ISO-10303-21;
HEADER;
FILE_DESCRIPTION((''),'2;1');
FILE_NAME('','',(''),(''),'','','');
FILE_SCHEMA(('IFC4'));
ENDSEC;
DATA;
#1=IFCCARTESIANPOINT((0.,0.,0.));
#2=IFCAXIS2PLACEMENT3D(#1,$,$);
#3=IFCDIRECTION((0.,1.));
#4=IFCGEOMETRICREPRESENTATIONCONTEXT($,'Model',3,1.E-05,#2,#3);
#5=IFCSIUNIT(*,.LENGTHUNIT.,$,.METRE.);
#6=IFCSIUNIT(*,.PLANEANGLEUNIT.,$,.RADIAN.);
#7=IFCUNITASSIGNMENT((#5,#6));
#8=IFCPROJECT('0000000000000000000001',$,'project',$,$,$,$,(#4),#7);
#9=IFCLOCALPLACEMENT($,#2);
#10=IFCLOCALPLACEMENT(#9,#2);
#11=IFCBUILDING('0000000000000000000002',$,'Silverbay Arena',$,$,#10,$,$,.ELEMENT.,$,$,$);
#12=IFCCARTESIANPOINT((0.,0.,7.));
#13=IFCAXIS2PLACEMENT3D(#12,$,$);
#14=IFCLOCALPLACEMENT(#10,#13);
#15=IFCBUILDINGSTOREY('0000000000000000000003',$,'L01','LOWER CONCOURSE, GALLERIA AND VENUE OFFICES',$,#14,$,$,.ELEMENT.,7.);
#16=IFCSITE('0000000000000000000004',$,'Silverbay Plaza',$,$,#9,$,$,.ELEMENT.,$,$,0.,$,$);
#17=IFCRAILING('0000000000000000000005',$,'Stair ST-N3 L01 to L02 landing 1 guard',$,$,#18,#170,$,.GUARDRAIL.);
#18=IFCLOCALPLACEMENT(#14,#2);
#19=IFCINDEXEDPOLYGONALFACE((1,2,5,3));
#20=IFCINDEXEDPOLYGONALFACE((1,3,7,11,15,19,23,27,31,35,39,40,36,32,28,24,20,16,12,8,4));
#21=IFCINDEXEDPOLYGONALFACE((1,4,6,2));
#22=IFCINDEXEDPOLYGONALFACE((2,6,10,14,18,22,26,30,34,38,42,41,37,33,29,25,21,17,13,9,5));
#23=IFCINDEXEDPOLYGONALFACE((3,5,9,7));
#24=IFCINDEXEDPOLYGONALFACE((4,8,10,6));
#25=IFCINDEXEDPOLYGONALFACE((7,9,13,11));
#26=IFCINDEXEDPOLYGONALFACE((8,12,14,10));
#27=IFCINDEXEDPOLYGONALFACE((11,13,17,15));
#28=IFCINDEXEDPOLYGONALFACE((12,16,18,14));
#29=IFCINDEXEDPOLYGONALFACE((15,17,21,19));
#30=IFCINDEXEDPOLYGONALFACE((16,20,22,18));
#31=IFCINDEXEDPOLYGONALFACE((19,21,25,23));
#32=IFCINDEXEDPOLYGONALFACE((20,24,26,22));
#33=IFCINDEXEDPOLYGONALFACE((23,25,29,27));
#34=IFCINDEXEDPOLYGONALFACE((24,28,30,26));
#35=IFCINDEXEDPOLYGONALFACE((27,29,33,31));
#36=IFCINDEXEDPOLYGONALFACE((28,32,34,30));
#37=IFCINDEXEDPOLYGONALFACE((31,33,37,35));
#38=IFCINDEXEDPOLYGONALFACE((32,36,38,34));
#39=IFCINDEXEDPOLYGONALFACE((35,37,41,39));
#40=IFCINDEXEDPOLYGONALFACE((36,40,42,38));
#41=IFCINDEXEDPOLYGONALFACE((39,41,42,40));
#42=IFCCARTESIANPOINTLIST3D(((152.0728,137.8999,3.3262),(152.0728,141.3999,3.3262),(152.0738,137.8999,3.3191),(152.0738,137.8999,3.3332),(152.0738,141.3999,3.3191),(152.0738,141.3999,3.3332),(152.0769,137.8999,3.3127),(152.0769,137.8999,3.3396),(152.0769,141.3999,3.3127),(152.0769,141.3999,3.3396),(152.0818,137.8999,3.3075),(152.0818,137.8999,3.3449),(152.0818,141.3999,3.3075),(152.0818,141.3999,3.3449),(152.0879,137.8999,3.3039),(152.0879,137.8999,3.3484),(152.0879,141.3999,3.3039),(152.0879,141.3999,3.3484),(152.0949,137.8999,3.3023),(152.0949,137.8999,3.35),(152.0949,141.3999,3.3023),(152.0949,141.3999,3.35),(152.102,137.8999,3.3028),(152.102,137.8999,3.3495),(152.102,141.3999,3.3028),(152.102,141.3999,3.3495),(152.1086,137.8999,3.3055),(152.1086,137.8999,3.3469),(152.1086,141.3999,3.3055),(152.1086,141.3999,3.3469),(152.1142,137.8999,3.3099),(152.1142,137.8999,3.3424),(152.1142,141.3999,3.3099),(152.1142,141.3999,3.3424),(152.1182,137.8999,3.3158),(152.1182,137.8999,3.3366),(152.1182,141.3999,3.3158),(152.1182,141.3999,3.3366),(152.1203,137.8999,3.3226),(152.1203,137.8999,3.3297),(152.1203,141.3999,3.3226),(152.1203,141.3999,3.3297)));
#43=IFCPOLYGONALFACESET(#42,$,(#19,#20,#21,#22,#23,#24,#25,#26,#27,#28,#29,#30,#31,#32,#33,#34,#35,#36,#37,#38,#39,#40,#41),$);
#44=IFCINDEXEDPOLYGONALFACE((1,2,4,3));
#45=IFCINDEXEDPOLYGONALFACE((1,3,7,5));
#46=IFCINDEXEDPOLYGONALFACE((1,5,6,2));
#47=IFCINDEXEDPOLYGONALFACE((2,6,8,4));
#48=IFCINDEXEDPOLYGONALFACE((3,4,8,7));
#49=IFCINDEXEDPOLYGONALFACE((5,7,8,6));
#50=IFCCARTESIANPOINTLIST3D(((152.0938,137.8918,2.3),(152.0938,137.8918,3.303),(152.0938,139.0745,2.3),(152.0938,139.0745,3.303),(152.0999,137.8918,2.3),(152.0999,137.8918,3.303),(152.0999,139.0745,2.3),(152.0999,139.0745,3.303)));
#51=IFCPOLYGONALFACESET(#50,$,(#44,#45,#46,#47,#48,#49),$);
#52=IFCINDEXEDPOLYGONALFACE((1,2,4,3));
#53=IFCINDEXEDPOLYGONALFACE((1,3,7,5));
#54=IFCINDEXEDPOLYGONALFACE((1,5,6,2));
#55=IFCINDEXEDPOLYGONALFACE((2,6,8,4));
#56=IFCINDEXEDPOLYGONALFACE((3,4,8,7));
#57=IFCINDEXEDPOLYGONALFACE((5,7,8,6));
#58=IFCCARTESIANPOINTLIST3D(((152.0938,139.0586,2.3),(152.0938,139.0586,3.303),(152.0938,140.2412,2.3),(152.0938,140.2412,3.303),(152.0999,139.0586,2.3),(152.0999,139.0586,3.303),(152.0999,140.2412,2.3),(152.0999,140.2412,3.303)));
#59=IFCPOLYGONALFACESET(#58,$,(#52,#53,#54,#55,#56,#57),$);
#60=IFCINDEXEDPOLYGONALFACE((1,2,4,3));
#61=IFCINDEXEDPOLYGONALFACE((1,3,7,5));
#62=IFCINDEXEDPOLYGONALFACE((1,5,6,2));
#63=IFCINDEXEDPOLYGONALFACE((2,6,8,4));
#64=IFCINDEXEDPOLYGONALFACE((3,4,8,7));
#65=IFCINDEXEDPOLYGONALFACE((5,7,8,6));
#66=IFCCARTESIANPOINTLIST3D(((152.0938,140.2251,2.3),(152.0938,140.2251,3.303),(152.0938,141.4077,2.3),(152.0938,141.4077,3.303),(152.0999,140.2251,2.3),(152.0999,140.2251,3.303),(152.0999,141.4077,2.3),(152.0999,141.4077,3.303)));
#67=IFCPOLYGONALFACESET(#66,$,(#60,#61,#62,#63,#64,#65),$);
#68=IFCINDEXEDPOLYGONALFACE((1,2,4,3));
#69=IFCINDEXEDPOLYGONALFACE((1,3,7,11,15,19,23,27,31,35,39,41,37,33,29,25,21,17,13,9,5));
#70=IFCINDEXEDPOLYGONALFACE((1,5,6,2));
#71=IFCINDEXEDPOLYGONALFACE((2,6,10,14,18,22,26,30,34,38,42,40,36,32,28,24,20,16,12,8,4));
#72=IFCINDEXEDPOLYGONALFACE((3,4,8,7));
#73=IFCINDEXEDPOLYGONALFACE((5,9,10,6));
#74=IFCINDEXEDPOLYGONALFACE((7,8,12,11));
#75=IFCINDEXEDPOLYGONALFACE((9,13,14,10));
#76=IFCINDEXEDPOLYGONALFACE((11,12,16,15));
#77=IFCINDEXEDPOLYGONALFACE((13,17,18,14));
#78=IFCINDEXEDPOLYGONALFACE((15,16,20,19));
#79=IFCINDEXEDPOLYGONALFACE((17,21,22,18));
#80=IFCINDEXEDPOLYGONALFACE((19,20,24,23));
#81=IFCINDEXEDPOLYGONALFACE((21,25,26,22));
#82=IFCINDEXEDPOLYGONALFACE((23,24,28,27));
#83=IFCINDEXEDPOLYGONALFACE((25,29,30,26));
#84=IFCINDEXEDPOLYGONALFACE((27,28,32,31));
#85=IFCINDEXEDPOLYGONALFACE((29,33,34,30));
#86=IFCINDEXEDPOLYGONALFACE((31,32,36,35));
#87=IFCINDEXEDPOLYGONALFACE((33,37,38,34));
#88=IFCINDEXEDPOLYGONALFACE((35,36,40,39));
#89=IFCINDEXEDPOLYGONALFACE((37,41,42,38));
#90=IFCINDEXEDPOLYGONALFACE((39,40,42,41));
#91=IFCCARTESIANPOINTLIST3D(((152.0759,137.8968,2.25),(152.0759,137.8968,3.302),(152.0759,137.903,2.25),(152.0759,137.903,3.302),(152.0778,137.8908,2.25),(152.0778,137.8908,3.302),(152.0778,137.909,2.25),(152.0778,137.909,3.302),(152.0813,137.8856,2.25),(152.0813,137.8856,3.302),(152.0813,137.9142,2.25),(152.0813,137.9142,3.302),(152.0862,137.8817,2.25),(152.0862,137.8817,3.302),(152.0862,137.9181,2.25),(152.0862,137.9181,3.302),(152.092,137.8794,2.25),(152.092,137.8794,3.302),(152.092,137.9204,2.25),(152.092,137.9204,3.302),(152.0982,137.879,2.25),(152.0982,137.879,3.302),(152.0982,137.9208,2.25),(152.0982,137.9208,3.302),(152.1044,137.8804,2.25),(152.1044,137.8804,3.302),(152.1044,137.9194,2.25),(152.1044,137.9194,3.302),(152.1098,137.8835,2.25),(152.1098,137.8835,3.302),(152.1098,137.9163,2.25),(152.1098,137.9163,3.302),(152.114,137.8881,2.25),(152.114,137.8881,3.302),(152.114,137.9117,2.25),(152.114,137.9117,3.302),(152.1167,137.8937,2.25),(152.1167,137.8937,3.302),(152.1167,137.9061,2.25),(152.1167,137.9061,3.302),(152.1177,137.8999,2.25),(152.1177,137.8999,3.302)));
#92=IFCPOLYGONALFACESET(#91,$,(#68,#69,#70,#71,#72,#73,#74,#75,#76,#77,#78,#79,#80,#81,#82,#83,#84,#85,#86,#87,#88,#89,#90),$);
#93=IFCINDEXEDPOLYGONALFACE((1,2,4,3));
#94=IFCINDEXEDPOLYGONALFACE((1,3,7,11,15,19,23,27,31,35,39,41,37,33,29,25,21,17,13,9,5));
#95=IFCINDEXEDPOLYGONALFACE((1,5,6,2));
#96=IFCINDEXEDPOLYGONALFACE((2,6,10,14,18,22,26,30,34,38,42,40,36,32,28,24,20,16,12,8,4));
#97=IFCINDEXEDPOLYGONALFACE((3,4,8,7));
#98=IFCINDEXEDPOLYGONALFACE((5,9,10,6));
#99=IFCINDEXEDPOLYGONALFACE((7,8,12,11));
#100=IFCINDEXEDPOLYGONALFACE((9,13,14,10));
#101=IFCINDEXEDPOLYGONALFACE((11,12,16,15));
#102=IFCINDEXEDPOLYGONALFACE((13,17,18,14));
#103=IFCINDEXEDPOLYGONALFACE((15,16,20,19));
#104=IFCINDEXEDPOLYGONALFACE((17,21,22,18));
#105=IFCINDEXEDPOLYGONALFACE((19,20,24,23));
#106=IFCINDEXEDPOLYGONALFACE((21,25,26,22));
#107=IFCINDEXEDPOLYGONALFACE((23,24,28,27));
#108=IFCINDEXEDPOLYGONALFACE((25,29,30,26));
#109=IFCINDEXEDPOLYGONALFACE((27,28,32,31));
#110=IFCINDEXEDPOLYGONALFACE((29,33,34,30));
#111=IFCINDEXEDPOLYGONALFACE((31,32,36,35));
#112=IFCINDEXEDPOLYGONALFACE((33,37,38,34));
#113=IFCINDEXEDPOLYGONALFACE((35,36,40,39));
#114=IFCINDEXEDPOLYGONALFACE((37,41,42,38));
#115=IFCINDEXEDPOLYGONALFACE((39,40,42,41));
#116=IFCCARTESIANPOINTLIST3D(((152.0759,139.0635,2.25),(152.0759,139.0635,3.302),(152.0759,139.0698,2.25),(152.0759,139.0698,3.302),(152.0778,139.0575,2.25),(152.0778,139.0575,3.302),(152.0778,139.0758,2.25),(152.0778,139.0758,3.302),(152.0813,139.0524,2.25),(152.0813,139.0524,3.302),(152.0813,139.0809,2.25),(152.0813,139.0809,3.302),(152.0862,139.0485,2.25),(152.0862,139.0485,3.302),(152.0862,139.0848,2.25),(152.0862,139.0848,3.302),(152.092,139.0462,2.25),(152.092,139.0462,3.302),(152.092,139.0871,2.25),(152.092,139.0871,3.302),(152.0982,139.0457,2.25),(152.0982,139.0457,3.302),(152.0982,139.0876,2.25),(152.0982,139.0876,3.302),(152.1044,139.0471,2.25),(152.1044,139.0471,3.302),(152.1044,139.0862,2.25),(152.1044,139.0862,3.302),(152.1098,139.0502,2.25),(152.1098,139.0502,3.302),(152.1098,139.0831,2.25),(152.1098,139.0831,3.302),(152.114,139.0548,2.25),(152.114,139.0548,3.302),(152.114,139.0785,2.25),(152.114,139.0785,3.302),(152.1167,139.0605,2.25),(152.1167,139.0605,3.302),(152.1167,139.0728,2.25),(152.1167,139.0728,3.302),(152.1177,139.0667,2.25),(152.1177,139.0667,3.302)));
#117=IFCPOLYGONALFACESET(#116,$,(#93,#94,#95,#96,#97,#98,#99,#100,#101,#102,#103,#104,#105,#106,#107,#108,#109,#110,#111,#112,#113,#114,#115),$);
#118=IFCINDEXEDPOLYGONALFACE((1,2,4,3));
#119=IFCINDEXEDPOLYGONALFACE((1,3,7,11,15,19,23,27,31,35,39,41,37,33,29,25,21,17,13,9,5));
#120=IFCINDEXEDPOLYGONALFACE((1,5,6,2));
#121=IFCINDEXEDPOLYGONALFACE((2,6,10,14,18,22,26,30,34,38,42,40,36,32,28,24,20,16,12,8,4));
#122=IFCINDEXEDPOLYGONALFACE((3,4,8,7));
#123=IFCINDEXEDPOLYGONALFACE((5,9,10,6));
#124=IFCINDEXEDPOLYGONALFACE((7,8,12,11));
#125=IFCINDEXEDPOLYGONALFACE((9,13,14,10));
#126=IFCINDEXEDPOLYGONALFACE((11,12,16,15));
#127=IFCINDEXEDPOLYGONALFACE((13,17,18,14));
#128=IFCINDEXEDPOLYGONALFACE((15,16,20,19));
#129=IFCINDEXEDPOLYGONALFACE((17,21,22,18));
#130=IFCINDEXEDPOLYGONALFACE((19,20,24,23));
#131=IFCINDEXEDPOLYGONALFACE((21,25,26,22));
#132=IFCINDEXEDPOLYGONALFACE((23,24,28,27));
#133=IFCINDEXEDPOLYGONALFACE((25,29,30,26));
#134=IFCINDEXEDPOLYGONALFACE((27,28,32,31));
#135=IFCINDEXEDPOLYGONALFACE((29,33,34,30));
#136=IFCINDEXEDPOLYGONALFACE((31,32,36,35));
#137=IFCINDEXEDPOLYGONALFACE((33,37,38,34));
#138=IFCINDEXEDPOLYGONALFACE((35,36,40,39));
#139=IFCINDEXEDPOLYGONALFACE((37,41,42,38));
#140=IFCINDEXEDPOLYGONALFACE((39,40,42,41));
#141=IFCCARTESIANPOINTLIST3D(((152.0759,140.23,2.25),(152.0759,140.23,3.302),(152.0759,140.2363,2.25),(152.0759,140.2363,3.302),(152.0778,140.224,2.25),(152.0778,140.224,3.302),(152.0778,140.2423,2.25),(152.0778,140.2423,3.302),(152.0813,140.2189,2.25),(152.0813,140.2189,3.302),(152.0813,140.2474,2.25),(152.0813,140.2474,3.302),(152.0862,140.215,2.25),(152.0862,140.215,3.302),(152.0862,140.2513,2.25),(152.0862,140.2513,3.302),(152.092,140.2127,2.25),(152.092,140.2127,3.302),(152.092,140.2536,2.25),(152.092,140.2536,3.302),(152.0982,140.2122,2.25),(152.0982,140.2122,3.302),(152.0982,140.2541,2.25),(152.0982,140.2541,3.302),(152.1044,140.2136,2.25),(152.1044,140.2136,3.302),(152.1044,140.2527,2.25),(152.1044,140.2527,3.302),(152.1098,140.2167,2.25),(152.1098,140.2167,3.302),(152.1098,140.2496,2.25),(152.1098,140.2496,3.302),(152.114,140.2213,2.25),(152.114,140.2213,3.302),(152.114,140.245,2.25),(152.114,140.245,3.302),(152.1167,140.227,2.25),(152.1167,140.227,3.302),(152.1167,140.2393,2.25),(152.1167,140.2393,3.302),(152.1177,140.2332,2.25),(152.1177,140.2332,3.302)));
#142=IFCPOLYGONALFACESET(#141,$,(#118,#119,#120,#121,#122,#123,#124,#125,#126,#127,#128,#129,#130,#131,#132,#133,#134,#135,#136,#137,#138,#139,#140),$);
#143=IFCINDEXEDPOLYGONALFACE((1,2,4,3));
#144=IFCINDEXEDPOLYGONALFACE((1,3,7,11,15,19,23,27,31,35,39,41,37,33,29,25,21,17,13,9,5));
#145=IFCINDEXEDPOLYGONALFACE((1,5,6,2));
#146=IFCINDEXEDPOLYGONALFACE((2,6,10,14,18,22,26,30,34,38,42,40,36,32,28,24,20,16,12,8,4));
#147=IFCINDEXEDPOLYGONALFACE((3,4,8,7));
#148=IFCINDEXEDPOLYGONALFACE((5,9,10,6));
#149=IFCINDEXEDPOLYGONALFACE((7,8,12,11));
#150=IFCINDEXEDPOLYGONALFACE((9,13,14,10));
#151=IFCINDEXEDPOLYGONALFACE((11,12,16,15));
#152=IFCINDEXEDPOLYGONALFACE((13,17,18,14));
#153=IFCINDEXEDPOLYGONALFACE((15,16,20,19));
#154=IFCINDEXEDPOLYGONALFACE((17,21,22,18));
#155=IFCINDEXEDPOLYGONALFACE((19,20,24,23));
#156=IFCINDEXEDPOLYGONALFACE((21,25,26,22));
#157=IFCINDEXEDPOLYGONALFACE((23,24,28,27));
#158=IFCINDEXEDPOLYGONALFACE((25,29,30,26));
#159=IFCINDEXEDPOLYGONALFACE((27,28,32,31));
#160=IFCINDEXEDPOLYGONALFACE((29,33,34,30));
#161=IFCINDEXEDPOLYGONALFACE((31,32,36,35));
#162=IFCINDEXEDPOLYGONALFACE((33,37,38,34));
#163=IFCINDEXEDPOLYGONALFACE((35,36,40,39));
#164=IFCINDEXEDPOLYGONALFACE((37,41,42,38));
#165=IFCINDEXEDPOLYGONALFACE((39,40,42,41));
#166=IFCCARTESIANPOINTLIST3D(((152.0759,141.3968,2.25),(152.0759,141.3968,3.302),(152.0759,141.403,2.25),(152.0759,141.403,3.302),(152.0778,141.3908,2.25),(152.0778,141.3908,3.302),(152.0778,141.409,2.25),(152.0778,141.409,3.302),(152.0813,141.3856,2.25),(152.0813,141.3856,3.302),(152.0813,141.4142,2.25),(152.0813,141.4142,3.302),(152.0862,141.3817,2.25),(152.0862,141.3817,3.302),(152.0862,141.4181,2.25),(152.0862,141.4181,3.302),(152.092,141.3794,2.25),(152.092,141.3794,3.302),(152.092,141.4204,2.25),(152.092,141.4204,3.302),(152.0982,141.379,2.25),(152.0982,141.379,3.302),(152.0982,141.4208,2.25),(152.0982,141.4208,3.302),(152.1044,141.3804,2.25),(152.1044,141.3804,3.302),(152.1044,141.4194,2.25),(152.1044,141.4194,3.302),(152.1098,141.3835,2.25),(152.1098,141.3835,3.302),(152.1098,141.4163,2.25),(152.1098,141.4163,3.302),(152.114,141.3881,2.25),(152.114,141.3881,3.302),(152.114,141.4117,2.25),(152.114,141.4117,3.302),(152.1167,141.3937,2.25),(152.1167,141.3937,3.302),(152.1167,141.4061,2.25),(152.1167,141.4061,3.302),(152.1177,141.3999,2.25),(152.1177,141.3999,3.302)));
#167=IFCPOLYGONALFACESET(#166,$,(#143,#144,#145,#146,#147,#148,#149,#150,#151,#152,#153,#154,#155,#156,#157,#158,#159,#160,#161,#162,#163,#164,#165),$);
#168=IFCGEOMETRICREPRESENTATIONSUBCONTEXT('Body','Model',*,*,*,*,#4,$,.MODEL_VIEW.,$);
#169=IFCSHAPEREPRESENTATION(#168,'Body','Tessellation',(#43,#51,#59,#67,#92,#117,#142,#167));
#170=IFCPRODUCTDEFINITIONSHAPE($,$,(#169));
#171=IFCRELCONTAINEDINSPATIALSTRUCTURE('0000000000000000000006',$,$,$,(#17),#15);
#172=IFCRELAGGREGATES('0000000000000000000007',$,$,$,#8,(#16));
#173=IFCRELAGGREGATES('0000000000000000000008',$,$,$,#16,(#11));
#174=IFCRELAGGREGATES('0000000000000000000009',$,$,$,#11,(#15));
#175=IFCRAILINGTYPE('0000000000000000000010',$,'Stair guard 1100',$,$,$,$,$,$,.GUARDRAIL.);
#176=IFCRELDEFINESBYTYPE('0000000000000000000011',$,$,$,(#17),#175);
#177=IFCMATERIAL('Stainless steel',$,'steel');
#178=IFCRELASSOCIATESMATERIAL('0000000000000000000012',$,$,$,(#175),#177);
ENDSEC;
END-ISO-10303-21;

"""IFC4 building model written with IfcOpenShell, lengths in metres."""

from ifc_helpers import new_model, si_unit, direction, frame, origin, origin_2d, place, context, subcontext, project, spatial, polyline, circle, outline, extrude, material, type_object, element, save


model = new_model("IFC4")

# Units and contexts
model_context = context("Model", 3, precision=1e-05, world=origin(), true_north=direction((0.0, 1.0)))
body_context = subcontext(model_context, "Body", "Model", "MODEL_VIEW")
ifc_project = project(units=[si_unit("LENGTHUNIT", "METRE"), si_unit("PLANEANGLEUNIT", "RADIAN")], contexts=[model_context])

# Site, building, storey
site_placement = place(None, origin())
site = spatial("IfcSite", under=ifc_project, at=site_placement, Name="Silverbay Plaza", CompositionType="ELEMENT", RefElevation=0.0)
building_placement = place(site_placement, origin())
building = spatial("IfcBuilding", under=site, at=building_placement, Name="Silverbay Arena", CompositionType="ELEMENT")
storey_placement = place(building_placement, frame((0.0, 0.0, 7.0)))
storey = spatial("IfcBuildingStorey", under=building, at=storey_placement, Name="L01", Description="LOWER CONCOURSE, GALLERIA AND VENUE OFFICES", CompositionType="ELEMENT", Elevation=7.0)

# Railing
ifc_material_1 = material(Name="Stainless steel", Category="steel")
railing_type_1 = type_object("IfcRailingType", Name="Stair guard 1100", PredefinedType="GUARDRAIL", material=ifc_material_1)
for number, where, name in (
    (1, (152.0967, 137.8999, 2.25), "Stair ST-N3 L01 to L02 landing 1 guard"),
):
    element("IfcRailing", number, at=place(storey_placement, frame(where)), inside=storey, type_object=railing_type_1, Name=name, PredefinedType="GUARDRAIL", context=body_context, shape_type="SweptSolid", body=[
        extrude(circle(Radius=0.0239, at=origin_2d()), frame((0.0, 0.0, 1.0762), z_axis=(0.0, 1.0, 0.0), x_axis=(-1.0, 0.0, 0.0)), (0.0, 0.0, 1.0), 3.5),
        extrude(outline(polyline([(-0.0081, 0.05), (1.1746, 0.05), (1.1746, 1.053), (-0.0081, 1.053), (-0.0081, 0.05)])), frame((-0.0029, 0.0, 0.0), z_axis=(1.0, 0.0, 0.0), x_axis=(0.0, 1.0, 0.0)), (0.0, 0.0, 1.0), 0.0061),
        extrude(outline(polyline([(-0.0081, 0.05), (1.1746, 0.05), (1.1746, 1.053), (-0.0081, 1.053), (-0.0081, 0.05)])), frame((-0.0029, 1.1667, 0.0), z_axis=(1.0, 0.0, 0.0), x_axis=(0.0, 1.0, 0.0)), (0.0, 0.0, 1.0), 0.0061),
        extrude(outline(polyline([(-0.0081, 0.05), (1.1746, 0.05), (1.1746, 1.053), (-0.0081, 1.053), (-0.0081, 0.05)])), frame((-0.0029, 2.3333, 0.0), z_axis=(1.0, 0.0, 0.0), x_axis=(0.0, 1.0, 0.0)), (0.0, 0.0, 1.0), 0.0061),
        extrude(circle(Radius=0.021, at=origin_2d()), origin(), (0.0, 0.0, 1.0), 1.052),
        extrude(circle(Radius=0.021, at=origin_2d()), frame((0.0, 1.1667, 0.0)), (0.0, 0.0, 1.0), 1.052),
        extrude(circle(Radius=0.021, at=origin_2d()), frame((0.0, 2.3333, 0.0)), (0.0, 0.0, 1.0), 1.052),
        extrude(circle(Radius=0.021, at=origin_2d()), frame((0.0, 3.5, 0.0)), (0.0, 0.0, 1.0), 1.052),
    ])

save(model, "model.ifc")
